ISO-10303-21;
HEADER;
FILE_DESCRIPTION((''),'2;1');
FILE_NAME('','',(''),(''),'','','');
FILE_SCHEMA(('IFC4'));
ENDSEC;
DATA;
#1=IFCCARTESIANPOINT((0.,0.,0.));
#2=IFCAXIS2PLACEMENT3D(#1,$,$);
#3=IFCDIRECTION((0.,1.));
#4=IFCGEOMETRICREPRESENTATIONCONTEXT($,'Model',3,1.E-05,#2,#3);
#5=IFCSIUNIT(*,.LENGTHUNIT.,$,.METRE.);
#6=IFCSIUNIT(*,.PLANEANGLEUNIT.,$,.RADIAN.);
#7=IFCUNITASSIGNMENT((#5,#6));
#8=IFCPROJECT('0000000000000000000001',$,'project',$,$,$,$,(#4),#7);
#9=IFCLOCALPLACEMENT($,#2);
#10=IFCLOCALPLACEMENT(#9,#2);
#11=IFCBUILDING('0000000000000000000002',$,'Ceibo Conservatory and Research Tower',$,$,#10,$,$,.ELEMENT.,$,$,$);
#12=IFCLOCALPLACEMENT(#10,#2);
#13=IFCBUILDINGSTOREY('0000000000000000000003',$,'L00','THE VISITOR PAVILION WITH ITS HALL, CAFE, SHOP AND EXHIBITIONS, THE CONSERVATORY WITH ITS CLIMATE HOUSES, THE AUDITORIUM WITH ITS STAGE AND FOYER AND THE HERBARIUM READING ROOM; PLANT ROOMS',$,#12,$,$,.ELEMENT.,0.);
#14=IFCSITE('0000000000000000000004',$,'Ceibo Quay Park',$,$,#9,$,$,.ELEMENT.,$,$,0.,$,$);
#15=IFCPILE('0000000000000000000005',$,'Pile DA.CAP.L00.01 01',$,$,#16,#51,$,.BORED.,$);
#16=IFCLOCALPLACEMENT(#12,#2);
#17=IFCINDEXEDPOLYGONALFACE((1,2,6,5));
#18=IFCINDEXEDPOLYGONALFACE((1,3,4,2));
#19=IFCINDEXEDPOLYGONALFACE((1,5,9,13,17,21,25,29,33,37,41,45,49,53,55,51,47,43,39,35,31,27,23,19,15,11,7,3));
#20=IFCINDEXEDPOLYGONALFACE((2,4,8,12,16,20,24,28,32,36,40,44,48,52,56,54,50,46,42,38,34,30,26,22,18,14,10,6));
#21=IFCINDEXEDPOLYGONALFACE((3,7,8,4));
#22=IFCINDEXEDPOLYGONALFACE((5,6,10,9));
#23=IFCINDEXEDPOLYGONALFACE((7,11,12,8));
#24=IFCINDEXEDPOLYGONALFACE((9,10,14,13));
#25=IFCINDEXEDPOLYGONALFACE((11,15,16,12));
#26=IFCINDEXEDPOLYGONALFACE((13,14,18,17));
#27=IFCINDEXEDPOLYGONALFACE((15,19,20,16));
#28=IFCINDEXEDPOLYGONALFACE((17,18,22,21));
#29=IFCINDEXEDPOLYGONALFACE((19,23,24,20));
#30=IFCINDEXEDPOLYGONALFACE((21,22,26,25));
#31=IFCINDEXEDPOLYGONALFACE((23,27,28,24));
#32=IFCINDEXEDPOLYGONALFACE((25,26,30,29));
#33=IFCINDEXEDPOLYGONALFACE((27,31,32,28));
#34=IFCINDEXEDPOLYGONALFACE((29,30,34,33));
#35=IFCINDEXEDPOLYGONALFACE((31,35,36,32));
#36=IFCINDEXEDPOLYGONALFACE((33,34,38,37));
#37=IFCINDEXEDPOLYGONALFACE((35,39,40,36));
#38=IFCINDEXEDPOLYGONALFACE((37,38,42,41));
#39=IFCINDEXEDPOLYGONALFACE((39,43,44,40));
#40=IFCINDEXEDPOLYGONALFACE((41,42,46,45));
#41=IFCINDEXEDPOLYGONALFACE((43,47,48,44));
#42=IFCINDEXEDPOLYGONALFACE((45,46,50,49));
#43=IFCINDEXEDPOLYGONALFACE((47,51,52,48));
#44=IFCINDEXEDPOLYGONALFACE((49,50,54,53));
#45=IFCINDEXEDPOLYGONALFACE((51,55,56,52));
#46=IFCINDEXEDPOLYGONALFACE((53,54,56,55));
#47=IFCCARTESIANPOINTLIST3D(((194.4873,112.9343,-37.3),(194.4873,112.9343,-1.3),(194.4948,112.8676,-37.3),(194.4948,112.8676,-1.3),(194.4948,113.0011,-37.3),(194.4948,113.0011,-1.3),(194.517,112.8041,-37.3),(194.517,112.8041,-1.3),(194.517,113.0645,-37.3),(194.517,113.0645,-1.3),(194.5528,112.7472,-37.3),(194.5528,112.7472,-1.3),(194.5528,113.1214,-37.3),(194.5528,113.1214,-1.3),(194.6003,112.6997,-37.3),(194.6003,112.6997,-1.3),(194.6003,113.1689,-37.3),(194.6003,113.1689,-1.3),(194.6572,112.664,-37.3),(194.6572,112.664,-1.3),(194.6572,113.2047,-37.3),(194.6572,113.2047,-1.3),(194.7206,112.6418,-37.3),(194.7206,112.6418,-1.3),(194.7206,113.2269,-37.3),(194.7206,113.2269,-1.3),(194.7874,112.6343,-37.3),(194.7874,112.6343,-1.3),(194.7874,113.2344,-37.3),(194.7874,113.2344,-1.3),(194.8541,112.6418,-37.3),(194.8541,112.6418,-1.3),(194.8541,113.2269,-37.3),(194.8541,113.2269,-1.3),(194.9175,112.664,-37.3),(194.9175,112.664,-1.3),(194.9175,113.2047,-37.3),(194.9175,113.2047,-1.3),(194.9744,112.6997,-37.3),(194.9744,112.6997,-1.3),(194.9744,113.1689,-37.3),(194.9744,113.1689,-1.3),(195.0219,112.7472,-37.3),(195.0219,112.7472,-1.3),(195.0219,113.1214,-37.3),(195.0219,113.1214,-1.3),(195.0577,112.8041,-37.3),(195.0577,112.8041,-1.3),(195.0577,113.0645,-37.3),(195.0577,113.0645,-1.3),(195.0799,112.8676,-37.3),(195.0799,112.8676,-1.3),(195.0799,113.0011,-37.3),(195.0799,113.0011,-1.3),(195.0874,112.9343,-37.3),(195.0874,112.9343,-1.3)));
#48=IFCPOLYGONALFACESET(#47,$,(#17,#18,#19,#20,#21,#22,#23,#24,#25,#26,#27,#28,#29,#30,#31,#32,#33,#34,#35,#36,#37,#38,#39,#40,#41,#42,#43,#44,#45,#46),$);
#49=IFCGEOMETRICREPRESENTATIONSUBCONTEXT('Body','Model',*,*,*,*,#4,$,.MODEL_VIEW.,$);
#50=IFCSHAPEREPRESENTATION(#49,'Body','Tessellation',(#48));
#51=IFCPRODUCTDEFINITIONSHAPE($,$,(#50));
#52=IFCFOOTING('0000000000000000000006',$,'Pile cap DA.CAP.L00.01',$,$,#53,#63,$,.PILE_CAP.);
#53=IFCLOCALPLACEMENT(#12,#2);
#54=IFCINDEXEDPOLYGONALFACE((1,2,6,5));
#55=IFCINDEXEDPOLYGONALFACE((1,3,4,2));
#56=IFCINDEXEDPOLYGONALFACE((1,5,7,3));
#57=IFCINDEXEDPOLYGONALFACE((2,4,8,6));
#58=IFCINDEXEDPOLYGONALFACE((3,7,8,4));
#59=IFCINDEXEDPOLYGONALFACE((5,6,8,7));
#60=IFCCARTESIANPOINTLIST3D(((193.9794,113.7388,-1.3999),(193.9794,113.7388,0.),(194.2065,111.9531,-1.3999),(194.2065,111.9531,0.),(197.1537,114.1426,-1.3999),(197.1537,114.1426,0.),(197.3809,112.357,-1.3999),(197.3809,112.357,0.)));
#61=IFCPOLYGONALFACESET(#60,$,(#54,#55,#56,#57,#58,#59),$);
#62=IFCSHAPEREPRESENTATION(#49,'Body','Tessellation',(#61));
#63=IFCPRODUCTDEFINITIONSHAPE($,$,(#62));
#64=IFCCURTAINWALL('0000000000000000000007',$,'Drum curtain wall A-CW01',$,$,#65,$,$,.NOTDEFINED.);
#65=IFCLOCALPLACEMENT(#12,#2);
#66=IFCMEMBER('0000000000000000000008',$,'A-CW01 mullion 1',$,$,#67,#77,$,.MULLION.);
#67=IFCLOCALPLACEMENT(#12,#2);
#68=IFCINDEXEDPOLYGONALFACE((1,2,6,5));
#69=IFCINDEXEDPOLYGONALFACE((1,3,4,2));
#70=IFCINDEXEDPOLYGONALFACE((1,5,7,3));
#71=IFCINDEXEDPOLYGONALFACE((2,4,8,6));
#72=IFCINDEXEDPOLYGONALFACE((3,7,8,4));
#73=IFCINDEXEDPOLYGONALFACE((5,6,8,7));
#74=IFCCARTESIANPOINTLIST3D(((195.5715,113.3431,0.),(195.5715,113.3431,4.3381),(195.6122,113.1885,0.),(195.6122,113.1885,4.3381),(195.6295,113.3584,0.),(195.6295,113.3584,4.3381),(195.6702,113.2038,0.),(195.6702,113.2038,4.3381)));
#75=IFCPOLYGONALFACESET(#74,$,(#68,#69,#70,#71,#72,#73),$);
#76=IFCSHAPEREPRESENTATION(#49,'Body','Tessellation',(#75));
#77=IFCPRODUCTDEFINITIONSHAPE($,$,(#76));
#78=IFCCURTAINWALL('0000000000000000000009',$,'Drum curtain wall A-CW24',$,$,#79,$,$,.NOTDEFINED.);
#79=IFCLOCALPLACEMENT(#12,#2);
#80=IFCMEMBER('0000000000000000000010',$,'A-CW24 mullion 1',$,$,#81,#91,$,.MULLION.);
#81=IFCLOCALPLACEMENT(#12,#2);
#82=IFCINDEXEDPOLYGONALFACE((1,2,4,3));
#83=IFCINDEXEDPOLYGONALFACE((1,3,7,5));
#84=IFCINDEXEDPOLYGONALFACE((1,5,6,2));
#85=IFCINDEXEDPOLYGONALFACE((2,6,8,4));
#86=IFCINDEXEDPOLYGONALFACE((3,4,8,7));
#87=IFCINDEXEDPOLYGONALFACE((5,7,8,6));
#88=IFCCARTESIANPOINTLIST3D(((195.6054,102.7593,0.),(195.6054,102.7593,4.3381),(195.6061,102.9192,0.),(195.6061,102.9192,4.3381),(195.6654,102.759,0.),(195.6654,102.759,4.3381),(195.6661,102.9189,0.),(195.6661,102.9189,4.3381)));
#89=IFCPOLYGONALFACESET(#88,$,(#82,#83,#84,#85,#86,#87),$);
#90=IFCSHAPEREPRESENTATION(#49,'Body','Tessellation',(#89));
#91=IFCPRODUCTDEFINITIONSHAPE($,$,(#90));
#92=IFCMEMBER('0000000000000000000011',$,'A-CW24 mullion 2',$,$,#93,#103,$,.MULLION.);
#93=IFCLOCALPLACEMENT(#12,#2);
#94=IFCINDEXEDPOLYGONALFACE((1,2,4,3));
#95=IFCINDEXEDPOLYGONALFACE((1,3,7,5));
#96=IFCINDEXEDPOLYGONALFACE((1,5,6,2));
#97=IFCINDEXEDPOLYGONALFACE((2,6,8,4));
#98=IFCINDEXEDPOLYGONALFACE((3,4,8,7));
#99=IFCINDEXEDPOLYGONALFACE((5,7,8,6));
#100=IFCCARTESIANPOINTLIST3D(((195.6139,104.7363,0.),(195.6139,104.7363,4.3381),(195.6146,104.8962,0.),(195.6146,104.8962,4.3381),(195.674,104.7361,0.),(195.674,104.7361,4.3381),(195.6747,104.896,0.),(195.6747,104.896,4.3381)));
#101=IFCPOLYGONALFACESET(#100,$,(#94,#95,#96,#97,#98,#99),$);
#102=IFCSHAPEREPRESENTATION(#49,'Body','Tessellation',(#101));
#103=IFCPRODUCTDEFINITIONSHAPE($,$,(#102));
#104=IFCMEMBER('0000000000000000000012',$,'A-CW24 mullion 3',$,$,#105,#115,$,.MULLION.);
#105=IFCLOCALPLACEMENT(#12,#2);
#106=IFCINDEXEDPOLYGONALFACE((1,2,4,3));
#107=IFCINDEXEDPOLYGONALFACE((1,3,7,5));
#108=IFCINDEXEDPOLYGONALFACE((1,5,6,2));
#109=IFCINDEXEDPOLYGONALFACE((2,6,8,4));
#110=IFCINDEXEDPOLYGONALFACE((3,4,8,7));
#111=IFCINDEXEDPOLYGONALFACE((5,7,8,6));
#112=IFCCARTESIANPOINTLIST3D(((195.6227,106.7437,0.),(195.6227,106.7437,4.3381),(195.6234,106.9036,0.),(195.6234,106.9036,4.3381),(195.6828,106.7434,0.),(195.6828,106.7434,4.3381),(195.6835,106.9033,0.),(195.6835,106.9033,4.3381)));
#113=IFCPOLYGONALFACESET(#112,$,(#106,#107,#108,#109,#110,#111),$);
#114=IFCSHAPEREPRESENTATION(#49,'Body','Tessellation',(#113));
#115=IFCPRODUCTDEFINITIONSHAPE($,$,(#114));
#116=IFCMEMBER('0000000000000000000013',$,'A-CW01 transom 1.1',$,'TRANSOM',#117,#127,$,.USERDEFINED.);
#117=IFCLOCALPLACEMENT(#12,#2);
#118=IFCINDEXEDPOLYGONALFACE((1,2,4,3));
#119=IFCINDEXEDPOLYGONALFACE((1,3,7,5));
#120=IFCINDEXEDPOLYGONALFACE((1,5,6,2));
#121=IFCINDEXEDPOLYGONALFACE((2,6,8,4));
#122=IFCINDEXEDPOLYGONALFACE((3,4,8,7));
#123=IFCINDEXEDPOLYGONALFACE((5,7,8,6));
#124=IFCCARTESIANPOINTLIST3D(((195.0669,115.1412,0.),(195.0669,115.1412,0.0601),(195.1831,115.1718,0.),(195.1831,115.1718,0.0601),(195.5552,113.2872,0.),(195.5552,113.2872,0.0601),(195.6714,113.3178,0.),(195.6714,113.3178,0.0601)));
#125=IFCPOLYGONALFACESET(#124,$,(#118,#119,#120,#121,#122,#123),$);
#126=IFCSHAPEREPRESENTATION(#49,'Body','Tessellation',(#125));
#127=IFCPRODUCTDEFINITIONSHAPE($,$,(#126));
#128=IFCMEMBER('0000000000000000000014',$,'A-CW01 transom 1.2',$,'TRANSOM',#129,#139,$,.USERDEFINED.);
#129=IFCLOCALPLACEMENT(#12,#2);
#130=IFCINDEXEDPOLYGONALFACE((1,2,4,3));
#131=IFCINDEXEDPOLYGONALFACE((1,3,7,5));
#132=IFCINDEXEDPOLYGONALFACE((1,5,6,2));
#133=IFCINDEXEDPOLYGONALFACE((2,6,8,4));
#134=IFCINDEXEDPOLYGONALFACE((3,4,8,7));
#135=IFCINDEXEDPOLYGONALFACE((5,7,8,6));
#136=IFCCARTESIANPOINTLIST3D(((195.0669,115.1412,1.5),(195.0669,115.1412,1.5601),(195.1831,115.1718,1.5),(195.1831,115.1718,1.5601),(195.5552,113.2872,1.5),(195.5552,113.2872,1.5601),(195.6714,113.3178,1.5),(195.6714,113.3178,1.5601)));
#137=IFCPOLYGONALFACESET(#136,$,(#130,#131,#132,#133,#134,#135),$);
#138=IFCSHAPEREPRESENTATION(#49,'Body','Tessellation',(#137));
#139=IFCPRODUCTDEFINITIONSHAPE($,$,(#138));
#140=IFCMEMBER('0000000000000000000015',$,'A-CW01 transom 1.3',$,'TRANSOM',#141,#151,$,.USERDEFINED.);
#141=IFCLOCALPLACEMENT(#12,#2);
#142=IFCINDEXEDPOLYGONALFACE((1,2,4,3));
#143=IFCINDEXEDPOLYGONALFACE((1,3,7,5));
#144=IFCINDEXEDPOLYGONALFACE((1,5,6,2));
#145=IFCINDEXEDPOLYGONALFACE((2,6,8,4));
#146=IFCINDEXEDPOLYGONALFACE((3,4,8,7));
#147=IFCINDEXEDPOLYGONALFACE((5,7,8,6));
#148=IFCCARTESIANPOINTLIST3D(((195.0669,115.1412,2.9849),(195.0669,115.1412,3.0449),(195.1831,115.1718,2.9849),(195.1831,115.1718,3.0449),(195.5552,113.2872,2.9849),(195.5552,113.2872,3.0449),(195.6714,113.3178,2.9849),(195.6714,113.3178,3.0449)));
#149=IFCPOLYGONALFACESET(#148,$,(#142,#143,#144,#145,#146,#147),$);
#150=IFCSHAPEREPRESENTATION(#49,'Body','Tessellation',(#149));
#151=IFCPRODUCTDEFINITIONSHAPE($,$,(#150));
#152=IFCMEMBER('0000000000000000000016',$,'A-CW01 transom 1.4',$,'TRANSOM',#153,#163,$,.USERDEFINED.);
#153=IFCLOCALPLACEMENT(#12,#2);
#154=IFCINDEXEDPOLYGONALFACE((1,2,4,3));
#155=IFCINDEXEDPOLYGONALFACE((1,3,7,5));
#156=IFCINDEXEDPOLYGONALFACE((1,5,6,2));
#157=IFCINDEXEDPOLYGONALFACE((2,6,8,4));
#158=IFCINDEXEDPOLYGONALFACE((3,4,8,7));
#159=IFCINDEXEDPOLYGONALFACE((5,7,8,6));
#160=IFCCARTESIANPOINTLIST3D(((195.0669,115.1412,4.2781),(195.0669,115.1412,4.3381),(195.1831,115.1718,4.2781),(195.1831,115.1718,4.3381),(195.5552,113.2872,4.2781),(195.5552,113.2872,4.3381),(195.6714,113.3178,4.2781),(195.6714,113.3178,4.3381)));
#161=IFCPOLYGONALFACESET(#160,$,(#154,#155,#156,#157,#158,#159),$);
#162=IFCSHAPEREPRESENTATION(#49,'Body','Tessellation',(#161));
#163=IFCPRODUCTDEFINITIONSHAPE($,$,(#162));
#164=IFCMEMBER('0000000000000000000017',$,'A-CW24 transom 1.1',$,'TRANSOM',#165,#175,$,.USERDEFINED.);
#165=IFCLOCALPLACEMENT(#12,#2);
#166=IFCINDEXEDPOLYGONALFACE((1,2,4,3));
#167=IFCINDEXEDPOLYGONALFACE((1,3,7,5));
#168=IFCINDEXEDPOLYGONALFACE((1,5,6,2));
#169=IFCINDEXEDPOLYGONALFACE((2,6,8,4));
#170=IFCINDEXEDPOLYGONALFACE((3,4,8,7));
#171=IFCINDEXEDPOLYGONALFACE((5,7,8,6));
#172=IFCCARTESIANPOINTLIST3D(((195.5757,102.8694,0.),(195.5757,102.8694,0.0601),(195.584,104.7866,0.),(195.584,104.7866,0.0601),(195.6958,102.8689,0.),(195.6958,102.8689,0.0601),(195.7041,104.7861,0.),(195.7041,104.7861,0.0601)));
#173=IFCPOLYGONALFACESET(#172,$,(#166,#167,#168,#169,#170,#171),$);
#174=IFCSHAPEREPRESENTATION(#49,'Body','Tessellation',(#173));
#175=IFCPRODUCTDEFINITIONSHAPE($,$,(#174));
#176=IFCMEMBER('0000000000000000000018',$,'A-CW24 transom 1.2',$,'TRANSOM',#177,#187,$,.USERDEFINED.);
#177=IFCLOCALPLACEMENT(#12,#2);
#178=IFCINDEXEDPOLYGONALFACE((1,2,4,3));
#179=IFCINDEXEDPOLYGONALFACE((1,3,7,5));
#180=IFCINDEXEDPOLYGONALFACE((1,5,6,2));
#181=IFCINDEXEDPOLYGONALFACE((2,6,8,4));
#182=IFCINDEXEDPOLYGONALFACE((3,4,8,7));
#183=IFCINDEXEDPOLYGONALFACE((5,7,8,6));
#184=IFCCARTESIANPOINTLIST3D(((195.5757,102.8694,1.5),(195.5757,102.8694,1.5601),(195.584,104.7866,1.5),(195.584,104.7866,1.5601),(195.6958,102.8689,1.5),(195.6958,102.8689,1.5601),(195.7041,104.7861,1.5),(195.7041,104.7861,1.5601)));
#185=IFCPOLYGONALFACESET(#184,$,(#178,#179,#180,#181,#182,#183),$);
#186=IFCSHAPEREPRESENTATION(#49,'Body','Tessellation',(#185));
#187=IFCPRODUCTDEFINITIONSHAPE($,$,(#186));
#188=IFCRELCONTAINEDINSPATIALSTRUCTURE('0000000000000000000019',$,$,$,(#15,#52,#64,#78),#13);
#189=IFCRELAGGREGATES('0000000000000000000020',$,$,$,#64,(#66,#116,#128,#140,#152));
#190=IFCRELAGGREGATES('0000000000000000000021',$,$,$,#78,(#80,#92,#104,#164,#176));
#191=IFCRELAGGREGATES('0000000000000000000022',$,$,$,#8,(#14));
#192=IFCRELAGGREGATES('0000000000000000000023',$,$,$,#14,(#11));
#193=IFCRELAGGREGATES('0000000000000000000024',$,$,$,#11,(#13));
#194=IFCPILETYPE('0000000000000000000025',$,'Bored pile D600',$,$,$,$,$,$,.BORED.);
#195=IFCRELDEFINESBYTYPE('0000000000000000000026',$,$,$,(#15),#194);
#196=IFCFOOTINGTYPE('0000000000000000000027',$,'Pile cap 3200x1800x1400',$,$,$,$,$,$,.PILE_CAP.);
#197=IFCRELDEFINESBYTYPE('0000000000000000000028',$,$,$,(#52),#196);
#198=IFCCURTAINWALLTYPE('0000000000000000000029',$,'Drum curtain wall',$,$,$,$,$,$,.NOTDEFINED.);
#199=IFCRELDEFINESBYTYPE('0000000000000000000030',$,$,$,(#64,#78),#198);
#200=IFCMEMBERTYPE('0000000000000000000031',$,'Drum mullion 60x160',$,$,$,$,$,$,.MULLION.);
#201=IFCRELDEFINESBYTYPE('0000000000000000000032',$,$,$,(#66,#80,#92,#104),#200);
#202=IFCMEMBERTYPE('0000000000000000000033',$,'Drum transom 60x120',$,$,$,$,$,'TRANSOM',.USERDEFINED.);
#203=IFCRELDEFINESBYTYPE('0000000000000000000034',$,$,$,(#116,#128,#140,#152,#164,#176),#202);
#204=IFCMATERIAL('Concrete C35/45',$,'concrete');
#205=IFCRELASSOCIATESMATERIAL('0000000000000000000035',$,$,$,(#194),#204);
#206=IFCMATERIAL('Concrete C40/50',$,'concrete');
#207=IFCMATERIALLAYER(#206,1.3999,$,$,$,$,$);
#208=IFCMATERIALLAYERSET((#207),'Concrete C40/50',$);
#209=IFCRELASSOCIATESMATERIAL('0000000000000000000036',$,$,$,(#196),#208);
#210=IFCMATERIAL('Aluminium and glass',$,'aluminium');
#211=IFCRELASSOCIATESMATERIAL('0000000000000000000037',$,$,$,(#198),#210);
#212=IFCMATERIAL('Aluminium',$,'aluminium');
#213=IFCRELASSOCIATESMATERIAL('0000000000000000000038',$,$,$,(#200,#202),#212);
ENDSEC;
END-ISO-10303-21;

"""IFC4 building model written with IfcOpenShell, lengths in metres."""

from ifc_helpers import new_model, si_unit, direction, frame, origin, origin_2d, place, context, subcontext, project, spatial, polyline, rectangle, circle, outline, extrude, material, layer, layer_set, material_profile, profile_set, type_object, element, aggregate, save


model = new_model("IFC4")

# Units and contexts
model_context = context("Model", 3, precision=1e-05, world=origin(), true_north=direction((0.0, 1.0)))
body_context = subcontext(model_context, "Body", "Model", "MODEL_VIEW")
ifc_project = project(units=[si_unit("LENGTHUNIT", "METRE"), si_unit("PLANEANGLEUNIT", "RADIAN")], contexts=[model_context])

# Site, building, storey
site_placement = place(None, origin())
site = spatial("IfcSite", under=ifc_project, at=site_placement, Name="Ceibo Quay Park", CompositionType="ELEMENT", RefElevation=0.0)
building_placement = place(site_placement, origin())
building = spatial("IfcBuilding", under=site, at=building_placement, Name="Ceibo Conservatory and Research Tower", CompositionType="ELEMENT")
storey_placement = place(building_placement, origin())
storey = spatial("IfcBuildingStorey", under=building, at=storey_placement, Name="L00", Description="THE VISITOR PAVILION WITH ITS HALL, CAFE, SHOP AND EXHIBITIONS, THE CONSERVATORY WITH ITS CLIMATE HOUSES, THE AUDITORIUM WITH ITS STAGE AND FOYER AND THE HERBARIUM READING ROOM; PLANT ROOMS", CompositionType="ELEMENT", Elevation=0.0)

# Pile
ifc_material_1 = material(Name="Concrete C35/45", Category="concrete")
ifc_material_profile_1 = material_profile(ifc_material_1, circle(Radius=0.3, at=origin_2d()), Name="RC D600")
ifc_profile_set_1 = profile_set([ifc_material_profile_1], Name="Concrete C35/45")
pile_type = type_object("IfcPileType", Name="Bored pile D600", PredefinedType="BORED", material=ifc_profile_set_1)
pile_placement = place(storey_placement, frame((194.7874, 112.9343, -1.3), z_axis=(0.0, 0.0, -1.0), x_axis=(1.0, 0.0, 0.0)))
element("IfcPile", 1, at=pile_placement, inside=storey, type_object=pile_type, Name="Pile DA.CAP.L00.01 01", PredefinedType="BORED", context=body_context, shape_type="SweptSolid", body=[
    extrude(circle(Radius=0.3, at=origin_2d()), origin(), (0.0, 0.0, 1.0), 36.0),
])

# Footing
ifc_material_2 = material(Name="Concrete C40/50", Category="concrete")
ifc_layer_1 = layer(ifc_material_2, 1.3999)
ifc_layer_set_1 = layer_set([ifc_layer_1], Name="Concrete C40/50")
footing_type = type_object("IfcFootingType", Name="Pile cap 3200x1800x1400", PredefinedType="PILE_CAP", material=ifc_layer_set_1)
footing_placement = place(storey_placement, frame((194.2065, 111.9531, -1.3999), z_axis=(0.0, 0.0, 1.0), x_axis=(0.992005, 0.126199, 0.0)))
element("IfcFooting", 2, at=footing_placement, inside=storey, type_object=footing_type, Name="Pile cap DA.CAP.L00.01", PredefinedType="PILE_CAP", context=body_context, shape_type="SweptSolid", body=[
    extrude(outline(polyline([(0.0, 0.0), (3.2, 0.0), (3.2, 1.8), (0.0, 1.8), (0.0, 0.0)])), origin(), (0.0, 0.0, 1.0), 1.3999),
])

# Curtain wall, member
ifc_material_3 = material(Name="Aluminium and glass", Category="aluminium")
curtain_wall_type = type_object("IfcCurtainWallType", Name="Drum curtain wall", PredefinedType="NOTDEFINED", material=ifc_material_3)
curtain_wall_1_placement = place(storey_placement, origin())
curtain_wall_1 = element("IfcCurtainWall", 3, at=curtain_wall_1_placement, inside=storey, type_object=curtain_wall_type, Name="Drum curtain wall A-CW01", PredefinedType="NOTDEFINED")
ifc_material_4 = material(Name="Aluminium", Category="aluminium")
ifc_material_profile_2 = material_profile(ifc_material_4, rectangle(XDim=0.0601, YDim=0.1599, at=origin_2d()), Name="AL 60x160")
ifc_profile_set_2 = profile_set([ifc_material_profile_2], Name="Aluminium")
member_type_1 = type_object("IfcMemberType", Name="Drum mullion 60x160", PredefinedType="MULLION", material=ifc_profile_set_2)
member_1_placement = place(storey_placement, frame((195.6208, 113.2734, 0.0), z_axis=(0.0, 0.0, 1.0), x_axis=(-0.967046, -0.254602, 0.0)))
member_1 = element("IfcMember", 4, at=member_1_placement, type_object=member_type_1, Name="A-CW01 mullion 1", PredefinedType="MULLION", context=body_context, shape_type="SweptSolid", body=[
    extrude(rectangle(XDim=0.0601, YDim=0.1599, at=origin_2d()), origin(), (0.0, 0.0, 1.0), 4.3381),
])

# Curtain wall, members
curtain_wall_2_placement = place(storey_placement, origin())
curtain_wall_2 = element("IfcCurtainWall", 5, at=curtain_wall_2_placement, inside=storey, type_object=curtain_wall_type, Name="Drum curtain wall A-CW24", PredefinedType="NOTDEFINED")
member_2_placement = place(storey_placement, frame((195.6357, 102.8391, 0.0), z_axis=(0.0, 0.0, 1.0), x_axis=(-0.99999, 0.004363, 0.0)))
member_2 = element("IfcMember", 6, at=member_2_placement, type_object=member_type_1, Name="A-CW24 mullion 1", PredefinedType="MULLION", context=body_context, shape_type="SweptSolid", body=[
    extrude(rectangle(XDim=0.0601, YDim=0.1599, at=origin_2d()), origin(), (0.0, 0.0, 1.0), 4.3381),
])
member_3_placement = place(storey_placement, frame((195.6443, 104.8162, 0.0), z_axis=(0.0, 0.0, 1.0), x_axis=(-0.99999, 0.004363, 0.0)))
member_3 = element("IfcMember", 7, at=member_3_placement, type_object=member_type_1, Name="A-CW24 mullion 2", PredefinedType="MULLION", context=body_context, shape_type="SweptSolid", body=[
    extrude(rectangle(XDim=0.0601, YDim=0.1599, at=origin_2d()), origin(), (0.0, 0.0, 1.0), 4.3381),
])
member_4_placement = place(storey_placement, frame((195.6531, 106.8235, 0.0), z_axis=(0.0, 0.0, 1.0), x_axis=(-0.99999, 0.004363, 0.0)))
member_4 = element("IfcMember", 8, at=member_4_placement, type_object=member_type_1, Name="A-CW24 mullion 3", PredefinedType="MULLION", context=body_context, shape_type="SweptSolid", body=[
    extrude(rectangle(XDim=0.0601, YDim=0.1599, at=origin_2d()), origin(), (0.0, 0.0, 1.0), 4.3381),
])

# Members
ifc_material_profile_3 = material_profile(ifc_material_4, rectangle(XDim=0.1201, YDim=0.0601, at=origin_2d()), Name="AL 60x120")
ifc_profile_set_3 = profile_set([ifc_material_profile_3], Name="Aluminium")
member_type_2 = type_object("IfcMemberType", Name="Drum transom 60x120", ElementType="TRANSOM", PredefinedType="USERDEFINED", material=ifc_profile_set_3)
member_5_placement = place(storey_placement, frame((195.6133, 113.3025, 0.03), z_axis=(-0.254681, 0.967025, 0.0), x_axis=(-0.967025, -0.254681, 0.0)))
member_5 = element("IfcMember", 9, at=member_5_placement, type_object=member_type_2, Name="A-CW01 transom 1.1", ObjectType="TRANSOM", PredefinedType="USERDEFINED", context=body_context, shape_type="SweptSolid", body=[
    extrude(rectangle(XDim=0.1201, YDim=0.0601, at=origin_2d()), origin(), (0.0, 0.0, 1.0), 1.9172),
])
member_6_placement = place(storey_placement, frame((195.6133, 113.3025, 1.53), z_axis=(-0.254681, 0.967025, 0.0), x_axis=(-0.967025, -0.254681, 0.0)))
member_6 = element("IfcMember", 10, at=member_6_placement, type_object=member_type_2, Name="A-CW01 transom 1.2", ObjectType="TRANSOM", PredefinedType="USERDEFINED", context=body_context, shape_type="SweptSolid", body=[
    extrude(rectangle(XDim=0.1201, YDim=0.0601, at=origin_2d()), origin(), (0.0, 0.0, 1.0), 1.9172),
])
member_7_placement = place(storey_placement, frame((195.6133, 113.3025, 3.0149), z_axis=(-0.254681, 0.967025, 0.0), x_axis=(-0.967025, -0.254681, 0.0)))
member_7 = element("IfcMember", 11, at=member_7_placement, type_object=member_type_2, Name="A-CW01 transom 1.3", ObjectType="TRANSOM", PredefinedType="USERDEFINED", context=body_context, shape_type="SweptSolid", body=[
    extrude(rectangle(XDim=0.1201, YDim=0.0601, at=origin_2d()), origin(), (0.0, 0.0, 1.0), 1.9172),
])
member_8_placement = place(storey_placement, frame((195.6133, 113.3025, 4.3081), z_axis=(-0.254681, 0.967025, 0.0), x_axis=(-0.967025, -0.254681, 0.0)))
member_8 = element("IfcMember", 12, at=member_8_placement, type_object=member_type_2, Name="A-CW01 transom 1.4", ObjectType="TRANSOM", PredefinedType="USERDEFINED", context=body_context, shape_type="SweptSolid", body=[
    extrude(rectangle(XDim=0.1201, YDim=0.0601, at=origin_2d()), origin(), (0.0, 0.0, 1.0), 1.9172),
])
aggregate(curtain_wall_1, [member_1, member_5, member_6, member_7, member_8])
member_9_placement = place(storey_placement, frame((195.6357, 102.8691, 0.03), z_axis=(0.00433, 0.999991, 0.0), x_axis=(-0.999991, 0.00433, 0.0)))
member_9 = element("IfcMember", 13, at=member_9_placement, type_object=member_type_2, Name="A-CW24 transom 1.1", ObjectType="TRANSOM", PredefinedType="USERDEFINED", context=body_context, shape_type="SweptSolid", body=[
    extrude(rectangle(XDim=0.1201, YDim=0.0601, at=origin_2d()), origin(), (0.0, 0.0, 1.0), 1.9172),
])
member_10_placement = place(storey_placement, frame((195.6357, 102.8691, 1.53), z_axis=(0.00433, 0.999991, 0.0), x_axis=(-0.999991, 0.00433, 0.0)))
member_10 = element("IfcMember", 14, at=member_10_placement, type_object=member_type_2, Name="A-CW24 transom 1.2", ObjectType="TRANSOM", PredefinedType="USERDEFINED", context=body_context, shape_type="SweptSolid", body=[
    extrude(rectangle(XDim=0.1201, YDim=0.0601, at=origin_2d()), origin(), (0.0, 0.0, 1.0), 1.9172),
])

aggregate(curtain_wall_2, [member_2, member_3, member_4, member_9, member_10])

save(model, "model.ifc")
